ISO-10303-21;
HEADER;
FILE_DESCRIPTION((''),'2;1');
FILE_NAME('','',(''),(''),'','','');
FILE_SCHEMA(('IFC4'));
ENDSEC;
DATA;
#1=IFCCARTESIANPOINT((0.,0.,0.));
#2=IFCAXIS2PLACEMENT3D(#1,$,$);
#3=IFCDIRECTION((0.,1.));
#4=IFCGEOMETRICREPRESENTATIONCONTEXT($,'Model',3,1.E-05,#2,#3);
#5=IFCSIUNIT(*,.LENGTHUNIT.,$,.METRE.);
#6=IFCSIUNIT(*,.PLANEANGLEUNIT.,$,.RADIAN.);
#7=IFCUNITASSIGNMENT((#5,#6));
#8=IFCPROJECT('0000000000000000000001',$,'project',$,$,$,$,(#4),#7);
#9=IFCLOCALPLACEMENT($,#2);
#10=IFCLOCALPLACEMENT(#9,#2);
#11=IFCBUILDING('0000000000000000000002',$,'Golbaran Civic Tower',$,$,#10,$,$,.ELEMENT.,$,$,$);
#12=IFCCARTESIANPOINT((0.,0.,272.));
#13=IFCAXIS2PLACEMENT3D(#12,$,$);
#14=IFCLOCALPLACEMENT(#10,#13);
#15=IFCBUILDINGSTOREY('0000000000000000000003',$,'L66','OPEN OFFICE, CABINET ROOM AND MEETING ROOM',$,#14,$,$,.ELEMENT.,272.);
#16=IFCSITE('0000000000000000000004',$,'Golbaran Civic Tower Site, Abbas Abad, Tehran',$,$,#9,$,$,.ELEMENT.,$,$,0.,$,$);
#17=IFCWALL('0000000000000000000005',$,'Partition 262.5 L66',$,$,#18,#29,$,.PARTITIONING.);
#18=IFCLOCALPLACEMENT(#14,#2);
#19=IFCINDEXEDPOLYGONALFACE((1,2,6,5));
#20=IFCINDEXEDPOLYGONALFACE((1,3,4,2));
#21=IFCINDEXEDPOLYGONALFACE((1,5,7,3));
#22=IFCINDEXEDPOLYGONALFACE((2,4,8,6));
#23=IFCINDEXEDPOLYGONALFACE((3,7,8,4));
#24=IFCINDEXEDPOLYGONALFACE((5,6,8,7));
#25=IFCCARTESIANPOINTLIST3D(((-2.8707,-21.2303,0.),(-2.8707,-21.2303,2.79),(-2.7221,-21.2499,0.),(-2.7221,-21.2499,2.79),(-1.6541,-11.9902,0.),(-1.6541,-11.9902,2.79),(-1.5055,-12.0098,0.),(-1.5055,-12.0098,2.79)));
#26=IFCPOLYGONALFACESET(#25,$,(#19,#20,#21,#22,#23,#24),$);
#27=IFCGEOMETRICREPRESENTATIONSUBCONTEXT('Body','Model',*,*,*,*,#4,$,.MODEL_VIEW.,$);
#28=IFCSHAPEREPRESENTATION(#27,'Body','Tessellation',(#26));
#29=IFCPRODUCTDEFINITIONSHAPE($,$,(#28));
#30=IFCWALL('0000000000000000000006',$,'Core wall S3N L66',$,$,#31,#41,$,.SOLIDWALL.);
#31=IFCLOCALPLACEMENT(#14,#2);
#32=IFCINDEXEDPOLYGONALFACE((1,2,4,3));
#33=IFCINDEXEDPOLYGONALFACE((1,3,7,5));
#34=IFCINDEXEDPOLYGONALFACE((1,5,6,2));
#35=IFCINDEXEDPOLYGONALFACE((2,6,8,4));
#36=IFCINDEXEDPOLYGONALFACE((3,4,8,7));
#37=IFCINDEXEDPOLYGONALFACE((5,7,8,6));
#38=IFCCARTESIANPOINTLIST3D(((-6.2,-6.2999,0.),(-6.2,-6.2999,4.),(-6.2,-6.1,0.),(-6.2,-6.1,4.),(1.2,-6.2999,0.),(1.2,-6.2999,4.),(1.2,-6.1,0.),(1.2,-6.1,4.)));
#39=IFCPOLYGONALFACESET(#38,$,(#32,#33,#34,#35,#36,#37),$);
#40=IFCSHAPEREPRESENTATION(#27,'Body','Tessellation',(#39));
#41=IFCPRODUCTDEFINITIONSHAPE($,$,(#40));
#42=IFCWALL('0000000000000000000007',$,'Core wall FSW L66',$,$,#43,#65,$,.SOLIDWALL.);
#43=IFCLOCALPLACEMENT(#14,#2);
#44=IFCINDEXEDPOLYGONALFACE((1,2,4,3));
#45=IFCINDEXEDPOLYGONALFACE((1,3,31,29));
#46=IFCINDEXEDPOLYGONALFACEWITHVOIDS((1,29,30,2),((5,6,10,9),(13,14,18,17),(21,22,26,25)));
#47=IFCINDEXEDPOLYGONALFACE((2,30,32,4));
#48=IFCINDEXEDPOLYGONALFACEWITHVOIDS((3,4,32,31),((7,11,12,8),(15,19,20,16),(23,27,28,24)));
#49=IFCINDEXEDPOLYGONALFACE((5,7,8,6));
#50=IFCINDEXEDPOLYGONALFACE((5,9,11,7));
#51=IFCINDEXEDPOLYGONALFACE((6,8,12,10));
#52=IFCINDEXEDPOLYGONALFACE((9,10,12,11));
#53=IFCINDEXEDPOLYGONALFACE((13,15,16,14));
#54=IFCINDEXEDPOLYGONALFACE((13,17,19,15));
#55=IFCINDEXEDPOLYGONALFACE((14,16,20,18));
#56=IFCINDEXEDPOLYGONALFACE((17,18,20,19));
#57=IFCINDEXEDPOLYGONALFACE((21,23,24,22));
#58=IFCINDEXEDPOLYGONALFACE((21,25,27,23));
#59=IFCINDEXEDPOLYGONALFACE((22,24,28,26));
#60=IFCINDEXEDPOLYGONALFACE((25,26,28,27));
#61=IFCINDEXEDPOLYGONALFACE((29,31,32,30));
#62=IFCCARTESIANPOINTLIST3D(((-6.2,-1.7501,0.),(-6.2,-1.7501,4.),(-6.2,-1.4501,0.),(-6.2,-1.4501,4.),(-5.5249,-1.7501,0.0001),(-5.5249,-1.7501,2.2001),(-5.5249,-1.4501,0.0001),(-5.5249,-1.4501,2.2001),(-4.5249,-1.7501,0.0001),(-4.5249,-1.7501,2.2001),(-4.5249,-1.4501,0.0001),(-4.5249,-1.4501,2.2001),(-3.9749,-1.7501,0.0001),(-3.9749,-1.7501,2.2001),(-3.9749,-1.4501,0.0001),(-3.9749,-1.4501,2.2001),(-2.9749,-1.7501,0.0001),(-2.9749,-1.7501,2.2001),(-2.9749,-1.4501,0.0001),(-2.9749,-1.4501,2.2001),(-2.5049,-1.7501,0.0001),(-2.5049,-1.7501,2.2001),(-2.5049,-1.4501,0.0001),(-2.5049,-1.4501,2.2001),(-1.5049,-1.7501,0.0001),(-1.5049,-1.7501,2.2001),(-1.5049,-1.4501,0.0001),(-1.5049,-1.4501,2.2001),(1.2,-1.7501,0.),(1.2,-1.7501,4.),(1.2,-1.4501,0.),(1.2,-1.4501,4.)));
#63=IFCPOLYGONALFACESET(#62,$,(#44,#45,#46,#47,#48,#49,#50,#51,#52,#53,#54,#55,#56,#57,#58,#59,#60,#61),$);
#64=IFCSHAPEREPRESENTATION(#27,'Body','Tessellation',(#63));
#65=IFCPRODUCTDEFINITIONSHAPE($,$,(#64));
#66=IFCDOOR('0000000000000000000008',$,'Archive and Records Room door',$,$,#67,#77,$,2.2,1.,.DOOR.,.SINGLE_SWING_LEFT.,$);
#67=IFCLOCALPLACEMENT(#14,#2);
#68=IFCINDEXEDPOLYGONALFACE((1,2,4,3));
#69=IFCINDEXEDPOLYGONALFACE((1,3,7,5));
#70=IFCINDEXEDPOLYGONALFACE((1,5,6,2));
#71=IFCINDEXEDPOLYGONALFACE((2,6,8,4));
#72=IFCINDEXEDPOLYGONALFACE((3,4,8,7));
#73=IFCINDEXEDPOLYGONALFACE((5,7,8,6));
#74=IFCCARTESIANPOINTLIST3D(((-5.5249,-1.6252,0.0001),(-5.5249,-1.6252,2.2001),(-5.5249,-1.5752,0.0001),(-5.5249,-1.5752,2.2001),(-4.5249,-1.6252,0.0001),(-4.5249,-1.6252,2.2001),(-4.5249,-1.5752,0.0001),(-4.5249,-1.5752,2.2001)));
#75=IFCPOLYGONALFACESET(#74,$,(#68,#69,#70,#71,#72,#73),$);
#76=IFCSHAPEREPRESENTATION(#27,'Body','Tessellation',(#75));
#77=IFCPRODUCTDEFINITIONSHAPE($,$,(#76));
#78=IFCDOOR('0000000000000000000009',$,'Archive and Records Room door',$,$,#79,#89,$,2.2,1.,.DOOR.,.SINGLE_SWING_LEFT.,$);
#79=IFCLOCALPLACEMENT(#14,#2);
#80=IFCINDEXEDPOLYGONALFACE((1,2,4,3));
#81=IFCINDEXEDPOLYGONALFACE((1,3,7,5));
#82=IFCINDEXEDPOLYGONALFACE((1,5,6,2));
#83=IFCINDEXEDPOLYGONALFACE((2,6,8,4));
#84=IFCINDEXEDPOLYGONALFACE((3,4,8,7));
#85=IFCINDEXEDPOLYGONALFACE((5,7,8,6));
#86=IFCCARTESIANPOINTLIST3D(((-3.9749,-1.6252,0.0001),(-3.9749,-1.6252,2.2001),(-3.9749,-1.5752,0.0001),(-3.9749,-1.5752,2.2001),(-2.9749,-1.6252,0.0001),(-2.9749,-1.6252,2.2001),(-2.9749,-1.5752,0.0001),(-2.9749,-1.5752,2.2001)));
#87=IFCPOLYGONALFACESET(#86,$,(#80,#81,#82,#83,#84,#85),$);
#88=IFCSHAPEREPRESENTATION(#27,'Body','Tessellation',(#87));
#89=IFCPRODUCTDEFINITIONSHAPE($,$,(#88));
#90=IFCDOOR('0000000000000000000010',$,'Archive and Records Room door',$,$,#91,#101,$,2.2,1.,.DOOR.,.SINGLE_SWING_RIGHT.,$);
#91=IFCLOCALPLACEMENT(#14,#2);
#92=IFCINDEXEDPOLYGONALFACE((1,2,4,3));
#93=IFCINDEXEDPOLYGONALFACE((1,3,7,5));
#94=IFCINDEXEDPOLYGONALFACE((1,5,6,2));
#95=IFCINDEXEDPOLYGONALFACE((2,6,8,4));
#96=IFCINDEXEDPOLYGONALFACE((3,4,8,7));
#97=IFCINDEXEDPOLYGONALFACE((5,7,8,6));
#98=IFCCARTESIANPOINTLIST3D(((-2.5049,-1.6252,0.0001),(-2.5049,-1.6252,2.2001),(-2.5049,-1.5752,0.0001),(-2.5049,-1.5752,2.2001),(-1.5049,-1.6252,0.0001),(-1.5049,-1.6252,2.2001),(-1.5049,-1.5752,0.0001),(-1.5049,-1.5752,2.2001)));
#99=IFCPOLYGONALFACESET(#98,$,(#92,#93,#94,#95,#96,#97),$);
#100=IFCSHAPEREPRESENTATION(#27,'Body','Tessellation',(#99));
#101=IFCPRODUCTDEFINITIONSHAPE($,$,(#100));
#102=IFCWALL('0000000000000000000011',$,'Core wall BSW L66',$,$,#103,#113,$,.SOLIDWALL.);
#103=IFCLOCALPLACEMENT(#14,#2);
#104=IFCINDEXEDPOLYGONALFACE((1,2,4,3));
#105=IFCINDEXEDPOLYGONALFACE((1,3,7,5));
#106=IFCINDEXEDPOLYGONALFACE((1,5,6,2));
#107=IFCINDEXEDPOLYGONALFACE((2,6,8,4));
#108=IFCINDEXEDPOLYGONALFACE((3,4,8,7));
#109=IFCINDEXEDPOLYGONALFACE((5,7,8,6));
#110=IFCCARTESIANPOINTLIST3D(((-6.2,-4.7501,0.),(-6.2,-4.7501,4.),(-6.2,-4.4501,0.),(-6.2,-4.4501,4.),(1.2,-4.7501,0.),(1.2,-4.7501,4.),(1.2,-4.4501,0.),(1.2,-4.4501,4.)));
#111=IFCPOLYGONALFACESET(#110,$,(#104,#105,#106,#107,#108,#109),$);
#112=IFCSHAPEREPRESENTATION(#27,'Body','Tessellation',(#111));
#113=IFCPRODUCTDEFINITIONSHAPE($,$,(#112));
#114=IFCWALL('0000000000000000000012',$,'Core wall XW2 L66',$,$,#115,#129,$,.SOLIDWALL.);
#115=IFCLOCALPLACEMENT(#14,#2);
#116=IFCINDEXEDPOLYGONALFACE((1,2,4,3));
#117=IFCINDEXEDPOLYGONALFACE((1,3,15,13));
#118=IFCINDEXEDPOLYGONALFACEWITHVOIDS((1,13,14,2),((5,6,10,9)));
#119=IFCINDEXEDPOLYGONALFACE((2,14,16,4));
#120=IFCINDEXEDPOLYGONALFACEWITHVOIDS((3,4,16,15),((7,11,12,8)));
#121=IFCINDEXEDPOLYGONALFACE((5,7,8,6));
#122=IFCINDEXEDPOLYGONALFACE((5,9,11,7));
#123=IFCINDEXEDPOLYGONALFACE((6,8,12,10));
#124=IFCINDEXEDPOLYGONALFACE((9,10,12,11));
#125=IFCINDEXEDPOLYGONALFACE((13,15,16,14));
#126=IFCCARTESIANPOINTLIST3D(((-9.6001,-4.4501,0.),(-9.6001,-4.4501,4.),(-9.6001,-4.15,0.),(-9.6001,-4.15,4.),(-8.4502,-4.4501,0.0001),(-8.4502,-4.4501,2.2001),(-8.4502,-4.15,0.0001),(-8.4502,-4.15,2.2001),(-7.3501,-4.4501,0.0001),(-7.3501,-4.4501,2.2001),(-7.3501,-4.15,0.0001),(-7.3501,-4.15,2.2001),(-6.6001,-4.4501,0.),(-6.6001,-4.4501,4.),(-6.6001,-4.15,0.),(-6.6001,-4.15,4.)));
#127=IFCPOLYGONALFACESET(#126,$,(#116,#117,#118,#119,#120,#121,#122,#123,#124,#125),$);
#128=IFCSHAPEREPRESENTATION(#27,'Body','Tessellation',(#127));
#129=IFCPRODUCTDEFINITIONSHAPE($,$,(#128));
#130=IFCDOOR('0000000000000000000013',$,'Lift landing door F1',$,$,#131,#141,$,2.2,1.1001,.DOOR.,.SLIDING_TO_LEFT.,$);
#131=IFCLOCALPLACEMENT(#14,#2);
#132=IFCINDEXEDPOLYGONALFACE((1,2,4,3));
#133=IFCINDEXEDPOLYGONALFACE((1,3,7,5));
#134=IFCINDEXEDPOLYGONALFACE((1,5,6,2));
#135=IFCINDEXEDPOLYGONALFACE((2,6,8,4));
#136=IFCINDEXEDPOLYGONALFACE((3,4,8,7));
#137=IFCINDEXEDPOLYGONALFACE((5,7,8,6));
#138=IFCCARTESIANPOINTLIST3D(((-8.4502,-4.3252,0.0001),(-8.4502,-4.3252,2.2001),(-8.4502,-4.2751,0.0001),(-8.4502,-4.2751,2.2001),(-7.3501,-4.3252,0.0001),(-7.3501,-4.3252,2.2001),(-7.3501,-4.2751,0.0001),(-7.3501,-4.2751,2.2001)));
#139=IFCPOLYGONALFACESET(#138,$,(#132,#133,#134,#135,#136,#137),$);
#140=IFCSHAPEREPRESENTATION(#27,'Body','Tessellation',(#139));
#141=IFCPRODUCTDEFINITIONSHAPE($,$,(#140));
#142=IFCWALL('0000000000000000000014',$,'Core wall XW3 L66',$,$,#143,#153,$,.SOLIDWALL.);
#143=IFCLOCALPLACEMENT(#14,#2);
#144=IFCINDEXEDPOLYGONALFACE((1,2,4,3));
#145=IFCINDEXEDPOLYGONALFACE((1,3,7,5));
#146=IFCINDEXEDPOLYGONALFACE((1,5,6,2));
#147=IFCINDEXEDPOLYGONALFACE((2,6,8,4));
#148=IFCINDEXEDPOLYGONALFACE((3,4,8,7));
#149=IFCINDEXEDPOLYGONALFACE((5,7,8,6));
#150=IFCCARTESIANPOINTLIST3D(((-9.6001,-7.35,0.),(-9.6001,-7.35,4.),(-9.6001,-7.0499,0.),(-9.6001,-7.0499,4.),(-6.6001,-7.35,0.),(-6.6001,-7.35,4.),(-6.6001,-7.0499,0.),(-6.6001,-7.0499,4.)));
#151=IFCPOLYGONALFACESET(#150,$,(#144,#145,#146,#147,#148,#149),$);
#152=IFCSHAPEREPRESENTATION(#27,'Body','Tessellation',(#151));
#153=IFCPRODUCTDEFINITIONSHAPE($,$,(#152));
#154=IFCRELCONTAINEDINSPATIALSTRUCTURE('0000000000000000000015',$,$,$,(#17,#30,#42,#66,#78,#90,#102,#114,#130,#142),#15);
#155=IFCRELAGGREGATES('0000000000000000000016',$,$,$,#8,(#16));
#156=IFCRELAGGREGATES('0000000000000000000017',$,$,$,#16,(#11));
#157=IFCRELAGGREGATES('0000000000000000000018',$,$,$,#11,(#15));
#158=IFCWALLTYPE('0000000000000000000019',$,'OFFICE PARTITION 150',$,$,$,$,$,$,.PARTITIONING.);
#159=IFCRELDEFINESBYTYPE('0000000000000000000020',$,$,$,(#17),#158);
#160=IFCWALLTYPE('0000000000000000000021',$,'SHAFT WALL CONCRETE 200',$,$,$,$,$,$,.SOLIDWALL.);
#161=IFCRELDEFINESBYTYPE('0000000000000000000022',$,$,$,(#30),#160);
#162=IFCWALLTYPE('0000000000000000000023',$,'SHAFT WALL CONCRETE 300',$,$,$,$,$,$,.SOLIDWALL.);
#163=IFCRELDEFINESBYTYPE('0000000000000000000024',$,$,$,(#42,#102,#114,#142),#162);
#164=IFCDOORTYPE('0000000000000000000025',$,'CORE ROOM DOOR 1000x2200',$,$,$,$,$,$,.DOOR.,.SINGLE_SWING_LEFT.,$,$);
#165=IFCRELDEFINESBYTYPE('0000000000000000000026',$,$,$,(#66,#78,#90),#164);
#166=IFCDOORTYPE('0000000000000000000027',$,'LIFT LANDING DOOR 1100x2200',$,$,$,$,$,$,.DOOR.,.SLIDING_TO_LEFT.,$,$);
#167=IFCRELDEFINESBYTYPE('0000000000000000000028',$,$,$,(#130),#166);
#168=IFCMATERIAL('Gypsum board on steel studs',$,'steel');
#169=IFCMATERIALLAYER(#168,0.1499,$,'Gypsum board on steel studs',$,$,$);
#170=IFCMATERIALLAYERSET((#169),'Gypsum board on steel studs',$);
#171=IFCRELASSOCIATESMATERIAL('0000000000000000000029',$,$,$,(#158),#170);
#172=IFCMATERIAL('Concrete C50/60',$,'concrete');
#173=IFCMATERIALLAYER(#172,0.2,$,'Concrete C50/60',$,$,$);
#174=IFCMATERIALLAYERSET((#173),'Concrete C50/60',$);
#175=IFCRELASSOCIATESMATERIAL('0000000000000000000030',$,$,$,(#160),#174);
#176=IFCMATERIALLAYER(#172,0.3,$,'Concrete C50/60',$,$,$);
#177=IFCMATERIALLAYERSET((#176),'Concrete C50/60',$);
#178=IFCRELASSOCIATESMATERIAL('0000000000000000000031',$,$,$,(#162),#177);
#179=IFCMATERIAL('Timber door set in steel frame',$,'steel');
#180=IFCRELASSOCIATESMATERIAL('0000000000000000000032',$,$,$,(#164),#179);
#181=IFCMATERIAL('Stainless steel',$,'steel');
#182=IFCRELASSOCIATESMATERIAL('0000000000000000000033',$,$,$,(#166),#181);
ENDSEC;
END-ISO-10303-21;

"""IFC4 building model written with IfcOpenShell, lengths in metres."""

from ifc_helpers import new_model, si_unit, direction, frame, frame_2d, origin, place, context, subcontext, project, spatial, rectangle, extrude, material, layer, layer_set, type_object, element, fill, save


model = new_model("IFC4")

# Units and contexts
model_context = context("Model", 3, precision=1e-05, world=origin(), true_north=direction((0.0, 1.0)))
body_context = subcontext(model_context, "Body", "Model", "MODEL_VIEW")
ifc_project = project(units=[si_unit("LENGTHUNIT", "METRE"), si_unit("PLANEANGLEUNIT", "RADIAN")], contexts=[model_context])

# Site, building, storey
site_placement = place(None, origin())
site = spatial("IfcSite", under=ifc_project, at=site_placement, Name="Golbaran Civic Tower Site, Abbas Abad, Tehran", CompositionType="ELEMENT", RefElevation=0.0)
building_placement = place(site_placement, origin())
building = spatial("IfcBuilding", under=site, at=building_placement, Name="Golbaran Civic Tower", CompositionType="ELEMENT")
storey_placement = place(building_placement, frame((0.0, 0.0, 272.0)))
storey = spatial("IfcBuildingStorey", under=building, at=storey_placement, Name="L66", Description="OPEN OFFICE, CABINET ROOM AND MEETING ROOM", CompositionType="ELEMENT", Elevation=272.0)

# Shared definitions
ifc_material_1 = material(Name="Concrete C50/60", Category="concrete")
ifc_material_2 = material(Name="Timber door set in steel frame", Category="steel")

# Walls
ifc_material_3 = material(Name="Gypsum board on steel studs", Category="steel")
ifc_layer_1 = layer(ifc_material_3, 0.1499, Name="Gypsum board on steel studs")
ifc_layer_set_1 = layer_set([ifc_layer_1], Name="Gypsum board on steel studs")
wall_type_1 = type_object("IfcWallType", Name="OFFICE PARTITION 150", PredefinedType="PARTITIONING", material=ifc_layer_set_1)
wall_1_placement = place(storey_placement, frame((-1.5798, -12.0, 0.0), z_axis=(0.0, 0.0, 1.0), x_axis=(-0.130535, -0.991444, 0.0)))
element("IfcWall", 1, at=wall_1_placement, inside=storey, type_object=wall_type_1, Name="Partition 262.5 L66", PredefinedType="PARTITIONING", context=body_context, shape_type="SweptSolid", body=[
    extrude(rectangle(XDim=9.3198, YDim=0.1499, at=frame_2d((4.6599, 0.0))), origin(), (0.0, 0.0, 1.0), 2.79),
])
ifc_layer_2 = layer(ifc_material_1, 0.2, Name="Concrete C50/60")
ifc_layer_set_2 = layer_set([ifc_layer_2], Name="Concrete C50/60")
wall_type_2 = type_object("IfcWallType", Name="SHAFT WALL CONCRETE 200", PredefinedType="SOLIDWALL", material=ifc_layer_set_2)
wall_2_placement = place(storey_placement, frame((-6.2, -6.2, 0.0), z_axis=(0.0, 0.0, 1.0), x_axis=(1.0, 0.0, 0.0)))
element("IfcWall", 2, at=wall_2_placement, inside=storey, type_object=wall_type_2, Name="Core wall S3N L66", PredefinedType="SOLIDWALL", context=body_context, shape_type="SweptSolid", body=[
    extrude(rectangle(XDim=7.3999, YDim=0.2, at=frame_2d((3.7, 0.0))), origin(), (0.0, 0.0, 1.0), 4.0),
])

# Wall, openings, doors
ifc_layer_3 = layer(ifc_material_1, 0.3, Name="Concrete C50/60")
ifc_layer_set_3 = layer_set([ifc_layer_3], Name="Concrete C50/60")
wall_type_3 = type_object("IfcWallType", Name="SHAFT WALL CONCRETE 300", PredefinedType="SOLIDWALL", material=ifc_layer_set_3)
wall_3_placement = place(storey_placement, frame((-6.2, -1.6001, 0.0), z_axis=(0.0, 0.0, 1.0), x_axis=(1.0, 0.0, 0.0)))
wall_3 = element("IfcWall", 3, at=wall_3_placement, inside=storey, type_object=wall_type_3, Name="Core wall FSW L66", PredefinedType="SOLIDWALL", context=body_context, shape_type="SweptSolid", body=[
    extrude(rectangle(XDim=7.3999, YDim=0.3, at=frame_2d((3.7, 0.0))), origin(), (0.0, 0.0, 1.0), 4.0),
])
opening_1_placement = place(wall_3_placement, frame((0.675, 0.0, 0.0)))
opening_1 = element("IfcOpeningElement", 4, at=opening_1_placement, cuts=wall_3, PredefinedType="OPENING", context=body_context, shape_type="SweptSolid", body=[
    extrude(rectangle(XDim=1.0, YDim=2.2, at=frame_2d((0.5, 1.1001))), frame((0.0, 0.1599, 0.0), z_axis=(0.0, -1.0, 0.0), x_axis=(1.0, 0.0, 0.0)), (0.0, 0.0, 1.0), 0.3201),
])
opening_2_placement = place(wall_3_placement, frame((2.2251, 0.0, 0.0)))
opening_2 = element("IfcOpeningElement", 5, at=opening_2_placement, cuts=wall_3, PredefinedType="OPENING", context=body_context, shape_type="SweptSolid", body=[
    extrude(rectangle(XDim=1.0, YDim=2.2, at=frame_2d((0.5, 1.1001))), frame((0.0, 0.1599, 0.0), z_axis=(0.0, -1.0, 0.0), x_axis=(1.0, 0.0, 0.0)), (0.0, 0.0, 1.0), 0.3201),
])
opening_3_placement = place(wall_3_placement, frame((3.6951, 0.0, 0.0)))
opening_3 = element("IfcOpeningElement", 6, at=opening_3_placement, cuts=wall_3, PredefinedType="OPENING", context=body_context, shape_type="SweptSolid", body=[
    extrude(rectangle(XDim=1.0, YDim=2.2, at=frame_2d((0.5, 1.1001))), frame((0.0, 0.1599, 0.0), z_axis=(0.0, -1.0, 0.0), x_axis=(1.0, 0.0, 0.0)), (0.0, 0.0, 1.0), 0.3201),
])
door_type_1 = type_object("IfcDoorType", Name="CORE ROOM DOOR 1000x2200", OperationType="SINGLE_SWING_LEFT", PredefinedType="DOOR", material=ifc_material_2)
door_1_placement = place(opening_1_placement, origin())
door_1 = element("IfcDoor", 7, at=door_1_placement, inside=storey, type_object=door_type_1, Name="Archive and Records Room door", OperationType="SINGLE_SWING_LEFT", OverallHeight=2.2, OverallWidth=1.0, PredefinedType="DOOR", context=body_context, shape_type="SweptSolid", body=[
    extrude(rectangle(XDim=1.0, YDim=2.2, at=frame_2d((0.5, 1.1001))), frame((0.0, 0.0249, 0.0), z_axis=(0.0, -1.0, 0.0), x_axis=(1.0, 0.0, 0.0)), (0.0, 0.0, 1.0), 0.05),
])
fill(opening_1, door_1)
door_2_placement = place(opening_2_placement, origin())
door_2 = element("IfcDoor", 8, at=door_2_placement, inside=storey, type_object=door_type_1, Name="Archive and Records Room door", OperationType="SINGLE_SWING_LEFT", OverallHeight=2.2, OverallWidth=1.0, PredefinedType="DOOR", context=body_context, shape_type="SweptSolid", body=[
    extrude(rectangle(XDim=1.0, YDim=2.2, at=frame_2d((0.5, 1.1001))), frame((0.0, 0.0249, 0.0), z_axis=(0.0, -1.0, 0.0), x_axis=(1.0, 0.0, 0.0)), (0.0, 0.0, 1.0), 0.05),
])
fill(opening_2, door_2)
door_3_placement = place(opening_3_placement, origin())
door_3 = element("IfcDoor", 9, at=door_3_placement, inside=storey, type_object=door_type_1, Name="Archive and Records Room door", OperationType="SINGLE_SWING_RIGHT", OverallHeight=2.2, OverallWidth=1.0, PredefinedType="DOOR", context=body_context, shape_type="SweptSolid", body=[
    extrude(rectangle(XDim=1.0, YDim=2.2, at=frame_2d((0.5, 1.1001))), frame((0.0, 0.0249, 0.0), z_axis=(0.0, -1.0, 0.0), x_axis=(1.0, 0.0, 0.0)), (0.0, 0.0, 1.0), 0.05),
])
fill(opening_3, door_3)

# Wall
wall_4_placement = place(storey_placement, frame((-6.2, -4.6001, 0.0), z_axis=(0.0, 0.0, 1.0), x_axis=(1.0, 0.0, 0.0)))
element("IfcWall", 10, at=wall_4_placement, inside=storey, type_object=wall_type_3, Name="Core wall BSW L66", PredefinedType="SOLIDWALL", context=body_context, shape_type="SweptSolid", body=[
    extrude(rectangle(XDim=7.3999, YDim=0.3, at=frame_2d((3.7, 0.0))), origin(), (0.0, 0.0, 1.0), 4.0),
])

# Wall, opening, door
wall_5_placement = place(storey_placement, frame((-9.6001, -4.3, 0.0), z_axis=(0.0, 0.0, 1.0), x_axis=(1.0, 0.0, 0.0)))
wall_5 = element("IfcWall", 11, at=wall_5_placement, inside=storey, type_object=wall_type_3, Name="Core wall XW2 L66", PredefinedType="SOLIDWALL", context=body_context, shape_type="SweptSolid", body=[
    extrude(rectangle(XDim=3.0, YDim=0.3, at=frame_2d((1.5, 0.0))), origin(), (0.0, 0.0, 1.0), 4.0),
])
opening_4_placement = place(wall_5_placement, frame((1.1499, 0.0, 0.0)))
opening_4 = element("IfcOpeningElement", 12, at=opening_4_placement, cuts=wall_5, PredefinedType="OPENING", context=body_context, shape_type="SweptSolid", body=[
    extrude(rectangle(XDim=1.1001, YDim=2.2, at=frame_2d((0.55, 1.1001))), frame((0.0, 0.1599, 0.0), z_axis=(0.0, -1.0, 0.0), x_axis=(1.0, 0.0, 0.0)), (0.0, 0.0, 1.0), 0.3201),
])
ifc_material_4 = material(Name="Stainless steel", Category="steel")
door_type_2 = type_object("IfcDoorType", Name="LIFT LANDING DOOR 1100x2200", OperationType="SLIDING_TO_LEFT", PredefinedType="DOOR", material=ifc_material_4)
door_4_placement = place(opening_4_placement, origin())
door_4 = element("IfcDoor", 13, at=door_4_placement, inside=storey, type_object=door_type_2, Name="Lift landing door F1", OperationType="SLIDING_TO_LEFT", OverallHeight=2.2, OverallWidth=1.1001, PredefinedType="DOOR", context=body_context, shape_type="SweptSolid", body=[
    extrude(rectangle(XDim=1.1001, YDim=2.2, at=frame_2d((0.55, 1.1001))), frame((0.0, 0.0249, 0.0), z_axis=(0.0, -1.0, 0.0), x_axis=(1.0, 0.0, 0.0)), (0.0, 0.0, 1.0), 0.05),
])
fill(opening_4, door_4)

# Wall
wall_6_placement = place(storey_placement, frame((-9.6001, -7.2, 0.0), z_axis=(0.0, 0.0, 1.0), x_axis=(1.0, 0.0, 0.0)))
element("IfcWall", 14, at=wall_6_placement, inside=storey, type_object=wall_type_3, Name="Core wall XW3 L66", PredefinedType="SOLIDWALL", context=body_context, shape_type="SweptSolid", body=[
    extrude(rectangle(XDim=3.0, YDim=0.3, at=frame_2d((1.5, 0.0))), origin(), (0.0, 0.0, 1.0), 4.0),
])

save(model, "model.ifc")
